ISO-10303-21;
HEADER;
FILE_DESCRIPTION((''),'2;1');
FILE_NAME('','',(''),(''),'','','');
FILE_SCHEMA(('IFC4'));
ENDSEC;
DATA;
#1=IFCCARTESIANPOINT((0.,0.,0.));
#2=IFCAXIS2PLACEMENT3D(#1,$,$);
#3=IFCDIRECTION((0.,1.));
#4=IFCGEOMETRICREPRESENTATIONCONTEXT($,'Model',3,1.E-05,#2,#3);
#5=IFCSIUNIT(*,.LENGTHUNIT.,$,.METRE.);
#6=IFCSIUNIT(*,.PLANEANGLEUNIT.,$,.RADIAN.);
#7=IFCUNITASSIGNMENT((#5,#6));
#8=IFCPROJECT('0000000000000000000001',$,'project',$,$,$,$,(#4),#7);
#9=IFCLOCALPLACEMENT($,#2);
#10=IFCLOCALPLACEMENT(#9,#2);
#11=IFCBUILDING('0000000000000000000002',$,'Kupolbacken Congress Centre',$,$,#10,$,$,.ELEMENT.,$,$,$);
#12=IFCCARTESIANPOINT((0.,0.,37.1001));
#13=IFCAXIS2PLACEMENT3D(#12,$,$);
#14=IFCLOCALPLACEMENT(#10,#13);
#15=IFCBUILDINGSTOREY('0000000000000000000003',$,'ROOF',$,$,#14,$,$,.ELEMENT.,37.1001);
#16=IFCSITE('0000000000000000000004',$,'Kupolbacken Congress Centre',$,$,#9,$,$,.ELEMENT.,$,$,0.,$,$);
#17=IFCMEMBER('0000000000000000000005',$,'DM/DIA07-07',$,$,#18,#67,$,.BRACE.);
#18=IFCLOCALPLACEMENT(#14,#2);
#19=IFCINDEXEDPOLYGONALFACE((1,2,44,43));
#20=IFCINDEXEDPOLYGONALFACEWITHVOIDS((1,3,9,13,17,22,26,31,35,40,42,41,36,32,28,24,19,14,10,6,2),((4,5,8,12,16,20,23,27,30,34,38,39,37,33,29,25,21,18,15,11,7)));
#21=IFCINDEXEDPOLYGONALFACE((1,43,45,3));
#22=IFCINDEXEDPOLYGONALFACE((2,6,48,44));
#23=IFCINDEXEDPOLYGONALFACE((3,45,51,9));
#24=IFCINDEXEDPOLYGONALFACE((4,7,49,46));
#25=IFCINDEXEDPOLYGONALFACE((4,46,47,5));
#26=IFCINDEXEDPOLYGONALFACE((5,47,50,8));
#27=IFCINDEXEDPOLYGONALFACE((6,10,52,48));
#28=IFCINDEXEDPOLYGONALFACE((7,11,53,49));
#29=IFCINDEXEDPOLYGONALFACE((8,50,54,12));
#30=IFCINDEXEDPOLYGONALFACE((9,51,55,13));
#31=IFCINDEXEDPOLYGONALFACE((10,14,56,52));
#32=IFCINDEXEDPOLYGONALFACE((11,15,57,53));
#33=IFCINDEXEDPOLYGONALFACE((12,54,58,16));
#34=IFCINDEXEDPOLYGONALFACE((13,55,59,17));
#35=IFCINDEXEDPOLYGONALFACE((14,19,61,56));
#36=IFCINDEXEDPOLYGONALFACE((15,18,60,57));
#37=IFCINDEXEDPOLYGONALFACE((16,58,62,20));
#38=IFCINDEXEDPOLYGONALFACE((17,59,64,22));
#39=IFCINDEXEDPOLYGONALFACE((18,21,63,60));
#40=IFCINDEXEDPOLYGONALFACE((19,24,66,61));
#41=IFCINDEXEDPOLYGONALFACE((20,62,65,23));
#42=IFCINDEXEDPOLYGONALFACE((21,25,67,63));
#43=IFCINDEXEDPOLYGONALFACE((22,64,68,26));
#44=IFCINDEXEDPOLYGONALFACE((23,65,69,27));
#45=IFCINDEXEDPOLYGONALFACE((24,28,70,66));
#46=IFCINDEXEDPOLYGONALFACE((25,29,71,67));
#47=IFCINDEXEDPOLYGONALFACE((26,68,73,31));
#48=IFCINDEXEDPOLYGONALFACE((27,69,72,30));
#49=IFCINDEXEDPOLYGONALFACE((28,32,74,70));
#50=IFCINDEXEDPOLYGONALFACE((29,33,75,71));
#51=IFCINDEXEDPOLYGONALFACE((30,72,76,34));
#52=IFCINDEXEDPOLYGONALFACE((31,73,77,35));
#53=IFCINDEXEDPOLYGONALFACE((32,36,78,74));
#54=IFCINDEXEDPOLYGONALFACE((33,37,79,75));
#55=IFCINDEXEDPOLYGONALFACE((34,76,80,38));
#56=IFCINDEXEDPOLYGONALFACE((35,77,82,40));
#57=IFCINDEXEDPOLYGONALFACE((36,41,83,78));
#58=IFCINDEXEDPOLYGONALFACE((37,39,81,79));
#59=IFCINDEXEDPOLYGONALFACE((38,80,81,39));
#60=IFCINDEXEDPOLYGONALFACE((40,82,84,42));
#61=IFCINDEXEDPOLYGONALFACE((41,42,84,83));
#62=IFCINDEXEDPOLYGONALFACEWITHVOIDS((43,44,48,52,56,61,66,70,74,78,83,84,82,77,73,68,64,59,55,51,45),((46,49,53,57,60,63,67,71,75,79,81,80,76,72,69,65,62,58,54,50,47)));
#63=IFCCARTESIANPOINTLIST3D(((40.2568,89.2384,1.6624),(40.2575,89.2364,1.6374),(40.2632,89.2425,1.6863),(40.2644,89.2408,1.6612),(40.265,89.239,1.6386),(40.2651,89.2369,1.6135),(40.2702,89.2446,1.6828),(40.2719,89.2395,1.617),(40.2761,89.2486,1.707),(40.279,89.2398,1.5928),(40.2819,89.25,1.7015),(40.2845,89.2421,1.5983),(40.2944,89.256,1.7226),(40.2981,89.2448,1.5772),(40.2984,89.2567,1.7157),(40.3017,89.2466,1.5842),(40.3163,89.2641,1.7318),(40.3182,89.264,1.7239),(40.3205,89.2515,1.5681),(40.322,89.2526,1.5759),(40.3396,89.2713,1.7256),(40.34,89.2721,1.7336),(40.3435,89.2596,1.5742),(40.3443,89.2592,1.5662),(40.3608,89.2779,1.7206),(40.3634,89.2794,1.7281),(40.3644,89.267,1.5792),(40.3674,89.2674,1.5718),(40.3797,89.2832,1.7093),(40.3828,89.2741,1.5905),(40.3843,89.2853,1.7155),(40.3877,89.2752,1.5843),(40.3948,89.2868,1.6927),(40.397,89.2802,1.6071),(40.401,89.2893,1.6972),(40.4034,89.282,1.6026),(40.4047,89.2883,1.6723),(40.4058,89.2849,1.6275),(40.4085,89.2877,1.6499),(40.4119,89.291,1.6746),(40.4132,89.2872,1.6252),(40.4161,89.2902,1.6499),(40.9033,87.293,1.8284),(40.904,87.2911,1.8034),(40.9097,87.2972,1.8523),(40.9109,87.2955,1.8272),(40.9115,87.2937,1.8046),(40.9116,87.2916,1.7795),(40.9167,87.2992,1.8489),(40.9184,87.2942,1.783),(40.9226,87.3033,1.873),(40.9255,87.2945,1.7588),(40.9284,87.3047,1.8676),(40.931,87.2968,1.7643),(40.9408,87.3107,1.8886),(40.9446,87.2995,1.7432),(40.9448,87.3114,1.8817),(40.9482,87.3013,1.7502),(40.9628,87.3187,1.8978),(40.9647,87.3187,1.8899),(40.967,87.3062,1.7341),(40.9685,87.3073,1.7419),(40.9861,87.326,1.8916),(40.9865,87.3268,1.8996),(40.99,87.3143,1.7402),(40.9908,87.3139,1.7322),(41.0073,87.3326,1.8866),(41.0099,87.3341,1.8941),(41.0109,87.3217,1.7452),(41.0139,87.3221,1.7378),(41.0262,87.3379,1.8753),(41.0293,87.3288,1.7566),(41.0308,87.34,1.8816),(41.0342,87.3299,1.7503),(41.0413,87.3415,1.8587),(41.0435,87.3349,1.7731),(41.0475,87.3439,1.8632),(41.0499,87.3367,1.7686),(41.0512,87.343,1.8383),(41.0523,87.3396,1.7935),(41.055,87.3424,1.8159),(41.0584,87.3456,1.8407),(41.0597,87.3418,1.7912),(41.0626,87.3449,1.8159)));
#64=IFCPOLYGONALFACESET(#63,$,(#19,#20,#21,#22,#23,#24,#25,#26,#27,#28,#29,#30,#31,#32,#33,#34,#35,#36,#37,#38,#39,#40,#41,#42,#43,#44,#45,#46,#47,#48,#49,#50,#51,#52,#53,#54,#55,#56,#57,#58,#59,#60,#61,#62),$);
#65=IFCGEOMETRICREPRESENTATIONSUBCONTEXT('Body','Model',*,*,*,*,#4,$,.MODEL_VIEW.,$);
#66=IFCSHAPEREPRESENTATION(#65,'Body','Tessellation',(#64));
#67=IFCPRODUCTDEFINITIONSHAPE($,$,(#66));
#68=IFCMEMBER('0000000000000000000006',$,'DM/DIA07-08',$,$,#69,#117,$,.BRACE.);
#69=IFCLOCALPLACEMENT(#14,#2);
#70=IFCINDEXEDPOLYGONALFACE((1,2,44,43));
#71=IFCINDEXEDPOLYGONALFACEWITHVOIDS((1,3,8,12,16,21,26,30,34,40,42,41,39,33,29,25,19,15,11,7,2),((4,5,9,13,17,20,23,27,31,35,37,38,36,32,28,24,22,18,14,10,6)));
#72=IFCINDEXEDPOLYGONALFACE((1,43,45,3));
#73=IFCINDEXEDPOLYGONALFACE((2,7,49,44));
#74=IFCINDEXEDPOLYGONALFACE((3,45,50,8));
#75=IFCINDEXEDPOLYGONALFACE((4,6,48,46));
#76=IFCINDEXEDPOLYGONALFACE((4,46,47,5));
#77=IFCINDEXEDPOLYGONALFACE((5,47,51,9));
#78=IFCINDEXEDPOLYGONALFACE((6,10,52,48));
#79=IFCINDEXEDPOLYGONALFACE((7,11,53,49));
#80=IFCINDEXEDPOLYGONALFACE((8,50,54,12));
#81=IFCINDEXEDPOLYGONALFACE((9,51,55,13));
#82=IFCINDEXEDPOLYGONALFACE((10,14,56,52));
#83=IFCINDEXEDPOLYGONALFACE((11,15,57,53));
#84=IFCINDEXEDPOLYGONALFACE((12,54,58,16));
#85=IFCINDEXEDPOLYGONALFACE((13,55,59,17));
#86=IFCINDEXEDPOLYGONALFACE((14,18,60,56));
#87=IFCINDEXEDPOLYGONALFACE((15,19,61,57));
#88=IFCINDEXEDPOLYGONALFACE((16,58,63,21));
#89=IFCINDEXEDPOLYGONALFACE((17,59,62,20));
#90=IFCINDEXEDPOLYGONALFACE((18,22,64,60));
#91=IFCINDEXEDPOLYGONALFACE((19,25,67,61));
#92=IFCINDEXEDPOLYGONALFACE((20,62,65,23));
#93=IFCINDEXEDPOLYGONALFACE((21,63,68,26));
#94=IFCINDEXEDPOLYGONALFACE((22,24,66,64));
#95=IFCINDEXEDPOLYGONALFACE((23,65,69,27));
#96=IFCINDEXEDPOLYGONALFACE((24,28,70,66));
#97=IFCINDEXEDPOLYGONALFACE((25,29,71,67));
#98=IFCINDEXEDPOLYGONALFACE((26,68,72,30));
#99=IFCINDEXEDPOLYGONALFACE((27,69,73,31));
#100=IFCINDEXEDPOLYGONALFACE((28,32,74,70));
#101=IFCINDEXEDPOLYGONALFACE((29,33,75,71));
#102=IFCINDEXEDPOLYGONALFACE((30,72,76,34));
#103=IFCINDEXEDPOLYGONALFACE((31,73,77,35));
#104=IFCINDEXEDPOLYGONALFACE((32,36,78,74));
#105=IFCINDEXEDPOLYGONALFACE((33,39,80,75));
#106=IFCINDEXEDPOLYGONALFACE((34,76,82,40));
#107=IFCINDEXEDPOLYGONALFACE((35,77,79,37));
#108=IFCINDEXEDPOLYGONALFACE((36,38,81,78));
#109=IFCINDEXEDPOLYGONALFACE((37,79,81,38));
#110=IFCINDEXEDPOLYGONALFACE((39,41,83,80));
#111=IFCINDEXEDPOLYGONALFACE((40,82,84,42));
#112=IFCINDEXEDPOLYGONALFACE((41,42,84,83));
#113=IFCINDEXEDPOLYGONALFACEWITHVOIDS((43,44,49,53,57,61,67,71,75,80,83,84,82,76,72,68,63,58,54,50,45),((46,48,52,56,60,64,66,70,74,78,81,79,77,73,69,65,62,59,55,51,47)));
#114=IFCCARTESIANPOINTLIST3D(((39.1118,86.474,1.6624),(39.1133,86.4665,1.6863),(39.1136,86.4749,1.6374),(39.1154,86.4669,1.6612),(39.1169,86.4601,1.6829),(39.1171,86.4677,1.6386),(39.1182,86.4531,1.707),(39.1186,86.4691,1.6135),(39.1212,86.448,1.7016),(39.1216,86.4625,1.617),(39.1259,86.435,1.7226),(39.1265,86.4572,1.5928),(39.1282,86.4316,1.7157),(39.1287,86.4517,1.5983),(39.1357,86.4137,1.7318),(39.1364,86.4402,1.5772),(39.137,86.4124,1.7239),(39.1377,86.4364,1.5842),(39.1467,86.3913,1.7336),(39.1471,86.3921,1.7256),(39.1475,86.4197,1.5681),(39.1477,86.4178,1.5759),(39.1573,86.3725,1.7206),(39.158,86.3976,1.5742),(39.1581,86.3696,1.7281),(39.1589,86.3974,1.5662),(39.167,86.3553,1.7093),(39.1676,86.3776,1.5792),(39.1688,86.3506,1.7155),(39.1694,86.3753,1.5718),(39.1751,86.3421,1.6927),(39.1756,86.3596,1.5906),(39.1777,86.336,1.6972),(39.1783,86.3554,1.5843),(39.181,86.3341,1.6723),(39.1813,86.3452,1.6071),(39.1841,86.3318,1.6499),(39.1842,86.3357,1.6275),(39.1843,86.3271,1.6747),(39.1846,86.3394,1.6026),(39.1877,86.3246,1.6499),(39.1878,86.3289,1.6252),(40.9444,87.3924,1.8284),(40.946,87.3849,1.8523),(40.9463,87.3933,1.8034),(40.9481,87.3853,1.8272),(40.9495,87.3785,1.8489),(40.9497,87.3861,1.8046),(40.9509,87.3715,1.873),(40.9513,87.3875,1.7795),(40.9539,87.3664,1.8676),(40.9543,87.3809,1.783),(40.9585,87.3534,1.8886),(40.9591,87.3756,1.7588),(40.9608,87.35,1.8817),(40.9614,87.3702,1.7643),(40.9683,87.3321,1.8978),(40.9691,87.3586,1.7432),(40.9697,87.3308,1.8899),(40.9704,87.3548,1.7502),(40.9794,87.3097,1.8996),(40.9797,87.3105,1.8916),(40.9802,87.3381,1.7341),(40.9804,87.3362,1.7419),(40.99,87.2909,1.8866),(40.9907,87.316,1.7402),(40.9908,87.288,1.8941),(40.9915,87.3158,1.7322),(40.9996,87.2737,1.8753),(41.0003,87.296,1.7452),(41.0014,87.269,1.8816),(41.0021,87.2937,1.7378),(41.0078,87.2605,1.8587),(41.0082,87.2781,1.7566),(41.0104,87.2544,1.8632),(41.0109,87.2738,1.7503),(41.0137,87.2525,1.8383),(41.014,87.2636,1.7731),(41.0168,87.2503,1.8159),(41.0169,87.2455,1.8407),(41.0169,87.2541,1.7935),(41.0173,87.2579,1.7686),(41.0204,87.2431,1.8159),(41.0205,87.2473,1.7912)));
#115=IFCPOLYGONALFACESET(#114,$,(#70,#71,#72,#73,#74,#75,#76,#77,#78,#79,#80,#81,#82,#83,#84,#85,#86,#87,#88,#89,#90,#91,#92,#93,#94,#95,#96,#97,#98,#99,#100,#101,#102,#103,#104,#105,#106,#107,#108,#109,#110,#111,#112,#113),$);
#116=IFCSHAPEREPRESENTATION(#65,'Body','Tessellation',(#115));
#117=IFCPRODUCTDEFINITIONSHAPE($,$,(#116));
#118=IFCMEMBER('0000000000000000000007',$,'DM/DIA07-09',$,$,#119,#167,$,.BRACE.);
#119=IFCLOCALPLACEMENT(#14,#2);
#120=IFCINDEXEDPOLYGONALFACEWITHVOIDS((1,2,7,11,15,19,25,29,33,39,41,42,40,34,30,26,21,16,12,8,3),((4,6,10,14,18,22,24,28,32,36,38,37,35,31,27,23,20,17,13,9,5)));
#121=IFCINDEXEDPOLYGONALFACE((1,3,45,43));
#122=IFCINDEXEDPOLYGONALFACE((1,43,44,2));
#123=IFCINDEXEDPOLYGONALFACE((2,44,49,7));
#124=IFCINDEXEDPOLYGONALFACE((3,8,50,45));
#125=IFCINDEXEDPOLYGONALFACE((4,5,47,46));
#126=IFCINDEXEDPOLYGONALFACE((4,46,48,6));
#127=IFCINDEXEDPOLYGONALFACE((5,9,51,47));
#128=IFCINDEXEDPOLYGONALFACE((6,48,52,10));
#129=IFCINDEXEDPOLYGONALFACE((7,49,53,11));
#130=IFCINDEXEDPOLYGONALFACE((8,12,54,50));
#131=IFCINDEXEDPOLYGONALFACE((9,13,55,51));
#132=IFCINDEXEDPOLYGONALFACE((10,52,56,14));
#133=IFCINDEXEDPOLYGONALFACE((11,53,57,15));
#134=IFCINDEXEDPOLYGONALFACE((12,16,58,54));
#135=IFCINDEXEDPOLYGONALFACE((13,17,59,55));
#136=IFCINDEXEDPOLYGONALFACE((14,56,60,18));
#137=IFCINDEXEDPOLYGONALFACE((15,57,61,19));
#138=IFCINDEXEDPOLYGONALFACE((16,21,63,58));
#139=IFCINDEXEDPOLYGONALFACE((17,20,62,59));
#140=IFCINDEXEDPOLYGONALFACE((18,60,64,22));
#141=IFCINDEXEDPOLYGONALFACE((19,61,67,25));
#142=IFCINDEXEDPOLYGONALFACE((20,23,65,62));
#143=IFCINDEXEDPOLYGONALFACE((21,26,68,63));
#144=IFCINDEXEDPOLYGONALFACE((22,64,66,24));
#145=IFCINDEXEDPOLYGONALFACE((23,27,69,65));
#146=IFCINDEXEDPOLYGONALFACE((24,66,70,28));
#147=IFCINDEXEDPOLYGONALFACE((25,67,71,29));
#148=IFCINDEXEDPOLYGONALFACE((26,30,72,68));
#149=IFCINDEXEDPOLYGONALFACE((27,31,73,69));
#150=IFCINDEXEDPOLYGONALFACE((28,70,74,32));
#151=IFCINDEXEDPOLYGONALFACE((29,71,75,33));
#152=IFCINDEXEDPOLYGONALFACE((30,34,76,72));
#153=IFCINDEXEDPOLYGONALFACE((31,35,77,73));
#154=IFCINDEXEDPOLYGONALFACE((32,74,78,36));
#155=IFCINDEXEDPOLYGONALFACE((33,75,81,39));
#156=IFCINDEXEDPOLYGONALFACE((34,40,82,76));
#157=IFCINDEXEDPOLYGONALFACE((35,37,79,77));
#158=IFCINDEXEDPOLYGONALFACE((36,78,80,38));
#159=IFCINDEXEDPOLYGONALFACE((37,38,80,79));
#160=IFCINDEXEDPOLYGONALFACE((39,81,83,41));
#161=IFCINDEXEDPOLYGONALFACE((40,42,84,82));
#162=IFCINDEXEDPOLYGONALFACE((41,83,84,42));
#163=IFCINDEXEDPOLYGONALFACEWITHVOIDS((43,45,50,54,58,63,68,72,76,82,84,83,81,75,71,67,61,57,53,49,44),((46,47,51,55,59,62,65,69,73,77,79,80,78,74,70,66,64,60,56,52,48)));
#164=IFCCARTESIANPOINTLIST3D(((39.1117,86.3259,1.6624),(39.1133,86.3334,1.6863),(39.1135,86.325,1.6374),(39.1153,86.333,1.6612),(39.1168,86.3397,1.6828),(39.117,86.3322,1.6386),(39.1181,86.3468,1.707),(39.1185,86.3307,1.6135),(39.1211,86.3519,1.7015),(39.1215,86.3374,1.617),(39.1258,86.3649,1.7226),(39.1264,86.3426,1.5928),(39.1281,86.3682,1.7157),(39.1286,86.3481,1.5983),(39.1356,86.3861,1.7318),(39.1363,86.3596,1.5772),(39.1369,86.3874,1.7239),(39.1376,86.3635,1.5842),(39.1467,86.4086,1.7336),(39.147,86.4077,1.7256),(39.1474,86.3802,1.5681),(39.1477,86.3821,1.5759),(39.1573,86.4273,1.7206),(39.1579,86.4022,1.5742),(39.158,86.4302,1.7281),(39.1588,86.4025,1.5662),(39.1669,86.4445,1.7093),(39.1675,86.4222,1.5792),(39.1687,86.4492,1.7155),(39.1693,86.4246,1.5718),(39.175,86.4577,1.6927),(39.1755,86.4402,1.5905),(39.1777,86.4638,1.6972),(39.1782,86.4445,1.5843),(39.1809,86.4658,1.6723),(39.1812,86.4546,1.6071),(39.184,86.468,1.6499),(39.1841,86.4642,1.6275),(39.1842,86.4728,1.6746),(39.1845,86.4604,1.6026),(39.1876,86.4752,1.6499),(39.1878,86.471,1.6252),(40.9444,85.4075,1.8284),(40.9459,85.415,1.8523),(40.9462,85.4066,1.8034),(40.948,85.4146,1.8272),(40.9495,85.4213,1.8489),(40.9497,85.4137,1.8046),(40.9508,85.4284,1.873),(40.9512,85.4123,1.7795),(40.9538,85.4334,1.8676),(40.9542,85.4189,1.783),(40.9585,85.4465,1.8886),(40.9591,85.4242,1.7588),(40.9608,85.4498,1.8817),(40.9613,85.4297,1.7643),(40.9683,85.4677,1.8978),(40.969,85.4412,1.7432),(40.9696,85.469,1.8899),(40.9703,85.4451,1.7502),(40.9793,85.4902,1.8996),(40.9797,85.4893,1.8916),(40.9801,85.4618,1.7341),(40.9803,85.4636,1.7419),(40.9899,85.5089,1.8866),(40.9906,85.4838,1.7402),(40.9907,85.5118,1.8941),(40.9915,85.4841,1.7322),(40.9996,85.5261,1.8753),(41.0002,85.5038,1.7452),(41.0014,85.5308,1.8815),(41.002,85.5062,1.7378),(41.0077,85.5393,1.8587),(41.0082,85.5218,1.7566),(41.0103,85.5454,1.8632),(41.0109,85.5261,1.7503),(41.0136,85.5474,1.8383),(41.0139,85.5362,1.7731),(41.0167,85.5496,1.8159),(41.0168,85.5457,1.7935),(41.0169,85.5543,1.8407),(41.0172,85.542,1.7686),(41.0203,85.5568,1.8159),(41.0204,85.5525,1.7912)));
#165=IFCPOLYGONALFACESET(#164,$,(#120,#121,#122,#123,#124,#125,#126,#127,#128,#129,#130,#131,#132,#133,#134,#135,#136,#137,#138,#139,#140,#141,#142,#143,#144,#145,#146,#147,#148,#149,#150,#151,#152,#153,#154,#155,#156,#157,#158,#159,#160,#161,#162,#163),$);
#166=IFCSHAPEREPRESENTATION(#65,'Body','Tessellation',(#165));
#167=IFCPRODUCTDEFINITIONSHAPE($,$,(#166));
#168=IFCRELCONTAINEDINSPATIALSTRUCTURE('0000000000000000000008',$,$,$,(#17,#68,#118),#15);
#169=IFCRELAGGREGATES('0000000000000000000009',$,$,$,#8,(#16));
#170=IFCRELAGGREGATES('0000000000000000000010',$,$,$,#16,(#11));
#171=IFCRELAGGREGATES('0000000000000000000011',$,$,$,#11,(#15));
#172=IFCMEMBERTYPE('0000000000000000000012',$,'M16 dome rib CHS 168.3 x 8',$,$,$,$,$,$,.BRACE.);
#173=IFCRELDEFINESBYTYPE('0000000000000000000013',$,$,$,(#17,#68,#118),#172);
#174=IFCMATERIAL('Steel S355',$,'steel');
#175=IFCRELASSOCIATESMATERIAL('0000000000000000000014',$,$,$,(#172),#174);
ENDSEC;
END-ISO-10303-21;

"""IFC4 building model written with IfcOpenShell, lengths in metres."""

from ifc_helpers import new_model, si_unit, direction, frame, origin, origin_2d, place, context, subcontext, project, spatial, hollow_circle, extrude, material, material_profile, profile_set, type_object, element, save


model = new_model("IFC4")

# Units and contexts
model_context = context("Model", 3, precision=1e-05, world=origin(), true_north=direction((0.0, 1.0)))
body_context = subcontext(model_context, "Body", "Model", "MODEL_VIEW")
ifc_project = project(units=[si_unit("LENGTHUNIT", "METRE"), si_unit("PLANEANGLEUNIT", "RADIAN")], contexts=[model_context])

# Site, building, storey
site_placement = place(None, origin())
site = spatial("IfcSite", under=ifc_project, at=site_placement, Name="Kupolbacken Congress Centre", CompositionType="ELEMENT", RefElevation=0.0)
building_placement = place(site_placement, origin())
building = spatial("IfcBuilding", under=site, at=building_placement, Name="Kupolbacken Congress Centre", CompositionType="ELEMENT")
storey_placement = place(building_placement, frame((0.0, 0.0, 37.1001)))
storey = spatial("IfcBuildingStorey", under=building, at=storey_placement, Name="ROOF", CompositionType="ELEMENT", Elevation=37.1001)

# Members
ifc_material_1 = material(Name="Steel S355", Category="steel")
ifc_material_profile_1 = material_profile(ifc_material_1, hollow_circle(Radius=0.0842, WallThickness=0.0081, at=origin_2d()), Name="CHS 168.3 x 8")
ifc_profile_set_1 = profile_set([ifc_material_profile_1], Name="Steel S355")
member_type_1 = type_object("IfcMemberType", Name="M16 dome rib CHS 168.3 x 8", PredefinedType="BRACE", material=ifc_profile_set_1)
for number, where, z_axis, x_axis, name in (
    (1, (40.3362, 89.2637, 1.6499), (0.314341, -0.945872, 0.080722), (0.948969, 0.31537, 0.0), "DM/DIA07-07"),
    (2, (40.9827, 87.3184, 1.8159), (-0.891105, -0.446561, -0.080718), (0.448023, -0.894022, 0.0), "DM/DIA07-08"),
    (3, (39.1499, 86.3999, 1.6499), (0.891105, -0.446561, 0.080718), (0.448023, 0.894022, 0.0), "DM/DIA07-09"),
):
    element("IfcMember", number, at=place(storey_placement, frame(where, z_axis=z_axis, x_axis=x_axis)), inside=storey, type_object=member_type_1, Name=name, PredefinedType="BRACE", context=body_context, shape_type="SweptSolid", body=[
        extrude(hollow_circle(Radius=0.0842, WallThickness=0.0081, at=origin_2d()), origin(), (0.0, 0.0, 1.0), 2.0566),
    ])

save(model, "model.ifc")
